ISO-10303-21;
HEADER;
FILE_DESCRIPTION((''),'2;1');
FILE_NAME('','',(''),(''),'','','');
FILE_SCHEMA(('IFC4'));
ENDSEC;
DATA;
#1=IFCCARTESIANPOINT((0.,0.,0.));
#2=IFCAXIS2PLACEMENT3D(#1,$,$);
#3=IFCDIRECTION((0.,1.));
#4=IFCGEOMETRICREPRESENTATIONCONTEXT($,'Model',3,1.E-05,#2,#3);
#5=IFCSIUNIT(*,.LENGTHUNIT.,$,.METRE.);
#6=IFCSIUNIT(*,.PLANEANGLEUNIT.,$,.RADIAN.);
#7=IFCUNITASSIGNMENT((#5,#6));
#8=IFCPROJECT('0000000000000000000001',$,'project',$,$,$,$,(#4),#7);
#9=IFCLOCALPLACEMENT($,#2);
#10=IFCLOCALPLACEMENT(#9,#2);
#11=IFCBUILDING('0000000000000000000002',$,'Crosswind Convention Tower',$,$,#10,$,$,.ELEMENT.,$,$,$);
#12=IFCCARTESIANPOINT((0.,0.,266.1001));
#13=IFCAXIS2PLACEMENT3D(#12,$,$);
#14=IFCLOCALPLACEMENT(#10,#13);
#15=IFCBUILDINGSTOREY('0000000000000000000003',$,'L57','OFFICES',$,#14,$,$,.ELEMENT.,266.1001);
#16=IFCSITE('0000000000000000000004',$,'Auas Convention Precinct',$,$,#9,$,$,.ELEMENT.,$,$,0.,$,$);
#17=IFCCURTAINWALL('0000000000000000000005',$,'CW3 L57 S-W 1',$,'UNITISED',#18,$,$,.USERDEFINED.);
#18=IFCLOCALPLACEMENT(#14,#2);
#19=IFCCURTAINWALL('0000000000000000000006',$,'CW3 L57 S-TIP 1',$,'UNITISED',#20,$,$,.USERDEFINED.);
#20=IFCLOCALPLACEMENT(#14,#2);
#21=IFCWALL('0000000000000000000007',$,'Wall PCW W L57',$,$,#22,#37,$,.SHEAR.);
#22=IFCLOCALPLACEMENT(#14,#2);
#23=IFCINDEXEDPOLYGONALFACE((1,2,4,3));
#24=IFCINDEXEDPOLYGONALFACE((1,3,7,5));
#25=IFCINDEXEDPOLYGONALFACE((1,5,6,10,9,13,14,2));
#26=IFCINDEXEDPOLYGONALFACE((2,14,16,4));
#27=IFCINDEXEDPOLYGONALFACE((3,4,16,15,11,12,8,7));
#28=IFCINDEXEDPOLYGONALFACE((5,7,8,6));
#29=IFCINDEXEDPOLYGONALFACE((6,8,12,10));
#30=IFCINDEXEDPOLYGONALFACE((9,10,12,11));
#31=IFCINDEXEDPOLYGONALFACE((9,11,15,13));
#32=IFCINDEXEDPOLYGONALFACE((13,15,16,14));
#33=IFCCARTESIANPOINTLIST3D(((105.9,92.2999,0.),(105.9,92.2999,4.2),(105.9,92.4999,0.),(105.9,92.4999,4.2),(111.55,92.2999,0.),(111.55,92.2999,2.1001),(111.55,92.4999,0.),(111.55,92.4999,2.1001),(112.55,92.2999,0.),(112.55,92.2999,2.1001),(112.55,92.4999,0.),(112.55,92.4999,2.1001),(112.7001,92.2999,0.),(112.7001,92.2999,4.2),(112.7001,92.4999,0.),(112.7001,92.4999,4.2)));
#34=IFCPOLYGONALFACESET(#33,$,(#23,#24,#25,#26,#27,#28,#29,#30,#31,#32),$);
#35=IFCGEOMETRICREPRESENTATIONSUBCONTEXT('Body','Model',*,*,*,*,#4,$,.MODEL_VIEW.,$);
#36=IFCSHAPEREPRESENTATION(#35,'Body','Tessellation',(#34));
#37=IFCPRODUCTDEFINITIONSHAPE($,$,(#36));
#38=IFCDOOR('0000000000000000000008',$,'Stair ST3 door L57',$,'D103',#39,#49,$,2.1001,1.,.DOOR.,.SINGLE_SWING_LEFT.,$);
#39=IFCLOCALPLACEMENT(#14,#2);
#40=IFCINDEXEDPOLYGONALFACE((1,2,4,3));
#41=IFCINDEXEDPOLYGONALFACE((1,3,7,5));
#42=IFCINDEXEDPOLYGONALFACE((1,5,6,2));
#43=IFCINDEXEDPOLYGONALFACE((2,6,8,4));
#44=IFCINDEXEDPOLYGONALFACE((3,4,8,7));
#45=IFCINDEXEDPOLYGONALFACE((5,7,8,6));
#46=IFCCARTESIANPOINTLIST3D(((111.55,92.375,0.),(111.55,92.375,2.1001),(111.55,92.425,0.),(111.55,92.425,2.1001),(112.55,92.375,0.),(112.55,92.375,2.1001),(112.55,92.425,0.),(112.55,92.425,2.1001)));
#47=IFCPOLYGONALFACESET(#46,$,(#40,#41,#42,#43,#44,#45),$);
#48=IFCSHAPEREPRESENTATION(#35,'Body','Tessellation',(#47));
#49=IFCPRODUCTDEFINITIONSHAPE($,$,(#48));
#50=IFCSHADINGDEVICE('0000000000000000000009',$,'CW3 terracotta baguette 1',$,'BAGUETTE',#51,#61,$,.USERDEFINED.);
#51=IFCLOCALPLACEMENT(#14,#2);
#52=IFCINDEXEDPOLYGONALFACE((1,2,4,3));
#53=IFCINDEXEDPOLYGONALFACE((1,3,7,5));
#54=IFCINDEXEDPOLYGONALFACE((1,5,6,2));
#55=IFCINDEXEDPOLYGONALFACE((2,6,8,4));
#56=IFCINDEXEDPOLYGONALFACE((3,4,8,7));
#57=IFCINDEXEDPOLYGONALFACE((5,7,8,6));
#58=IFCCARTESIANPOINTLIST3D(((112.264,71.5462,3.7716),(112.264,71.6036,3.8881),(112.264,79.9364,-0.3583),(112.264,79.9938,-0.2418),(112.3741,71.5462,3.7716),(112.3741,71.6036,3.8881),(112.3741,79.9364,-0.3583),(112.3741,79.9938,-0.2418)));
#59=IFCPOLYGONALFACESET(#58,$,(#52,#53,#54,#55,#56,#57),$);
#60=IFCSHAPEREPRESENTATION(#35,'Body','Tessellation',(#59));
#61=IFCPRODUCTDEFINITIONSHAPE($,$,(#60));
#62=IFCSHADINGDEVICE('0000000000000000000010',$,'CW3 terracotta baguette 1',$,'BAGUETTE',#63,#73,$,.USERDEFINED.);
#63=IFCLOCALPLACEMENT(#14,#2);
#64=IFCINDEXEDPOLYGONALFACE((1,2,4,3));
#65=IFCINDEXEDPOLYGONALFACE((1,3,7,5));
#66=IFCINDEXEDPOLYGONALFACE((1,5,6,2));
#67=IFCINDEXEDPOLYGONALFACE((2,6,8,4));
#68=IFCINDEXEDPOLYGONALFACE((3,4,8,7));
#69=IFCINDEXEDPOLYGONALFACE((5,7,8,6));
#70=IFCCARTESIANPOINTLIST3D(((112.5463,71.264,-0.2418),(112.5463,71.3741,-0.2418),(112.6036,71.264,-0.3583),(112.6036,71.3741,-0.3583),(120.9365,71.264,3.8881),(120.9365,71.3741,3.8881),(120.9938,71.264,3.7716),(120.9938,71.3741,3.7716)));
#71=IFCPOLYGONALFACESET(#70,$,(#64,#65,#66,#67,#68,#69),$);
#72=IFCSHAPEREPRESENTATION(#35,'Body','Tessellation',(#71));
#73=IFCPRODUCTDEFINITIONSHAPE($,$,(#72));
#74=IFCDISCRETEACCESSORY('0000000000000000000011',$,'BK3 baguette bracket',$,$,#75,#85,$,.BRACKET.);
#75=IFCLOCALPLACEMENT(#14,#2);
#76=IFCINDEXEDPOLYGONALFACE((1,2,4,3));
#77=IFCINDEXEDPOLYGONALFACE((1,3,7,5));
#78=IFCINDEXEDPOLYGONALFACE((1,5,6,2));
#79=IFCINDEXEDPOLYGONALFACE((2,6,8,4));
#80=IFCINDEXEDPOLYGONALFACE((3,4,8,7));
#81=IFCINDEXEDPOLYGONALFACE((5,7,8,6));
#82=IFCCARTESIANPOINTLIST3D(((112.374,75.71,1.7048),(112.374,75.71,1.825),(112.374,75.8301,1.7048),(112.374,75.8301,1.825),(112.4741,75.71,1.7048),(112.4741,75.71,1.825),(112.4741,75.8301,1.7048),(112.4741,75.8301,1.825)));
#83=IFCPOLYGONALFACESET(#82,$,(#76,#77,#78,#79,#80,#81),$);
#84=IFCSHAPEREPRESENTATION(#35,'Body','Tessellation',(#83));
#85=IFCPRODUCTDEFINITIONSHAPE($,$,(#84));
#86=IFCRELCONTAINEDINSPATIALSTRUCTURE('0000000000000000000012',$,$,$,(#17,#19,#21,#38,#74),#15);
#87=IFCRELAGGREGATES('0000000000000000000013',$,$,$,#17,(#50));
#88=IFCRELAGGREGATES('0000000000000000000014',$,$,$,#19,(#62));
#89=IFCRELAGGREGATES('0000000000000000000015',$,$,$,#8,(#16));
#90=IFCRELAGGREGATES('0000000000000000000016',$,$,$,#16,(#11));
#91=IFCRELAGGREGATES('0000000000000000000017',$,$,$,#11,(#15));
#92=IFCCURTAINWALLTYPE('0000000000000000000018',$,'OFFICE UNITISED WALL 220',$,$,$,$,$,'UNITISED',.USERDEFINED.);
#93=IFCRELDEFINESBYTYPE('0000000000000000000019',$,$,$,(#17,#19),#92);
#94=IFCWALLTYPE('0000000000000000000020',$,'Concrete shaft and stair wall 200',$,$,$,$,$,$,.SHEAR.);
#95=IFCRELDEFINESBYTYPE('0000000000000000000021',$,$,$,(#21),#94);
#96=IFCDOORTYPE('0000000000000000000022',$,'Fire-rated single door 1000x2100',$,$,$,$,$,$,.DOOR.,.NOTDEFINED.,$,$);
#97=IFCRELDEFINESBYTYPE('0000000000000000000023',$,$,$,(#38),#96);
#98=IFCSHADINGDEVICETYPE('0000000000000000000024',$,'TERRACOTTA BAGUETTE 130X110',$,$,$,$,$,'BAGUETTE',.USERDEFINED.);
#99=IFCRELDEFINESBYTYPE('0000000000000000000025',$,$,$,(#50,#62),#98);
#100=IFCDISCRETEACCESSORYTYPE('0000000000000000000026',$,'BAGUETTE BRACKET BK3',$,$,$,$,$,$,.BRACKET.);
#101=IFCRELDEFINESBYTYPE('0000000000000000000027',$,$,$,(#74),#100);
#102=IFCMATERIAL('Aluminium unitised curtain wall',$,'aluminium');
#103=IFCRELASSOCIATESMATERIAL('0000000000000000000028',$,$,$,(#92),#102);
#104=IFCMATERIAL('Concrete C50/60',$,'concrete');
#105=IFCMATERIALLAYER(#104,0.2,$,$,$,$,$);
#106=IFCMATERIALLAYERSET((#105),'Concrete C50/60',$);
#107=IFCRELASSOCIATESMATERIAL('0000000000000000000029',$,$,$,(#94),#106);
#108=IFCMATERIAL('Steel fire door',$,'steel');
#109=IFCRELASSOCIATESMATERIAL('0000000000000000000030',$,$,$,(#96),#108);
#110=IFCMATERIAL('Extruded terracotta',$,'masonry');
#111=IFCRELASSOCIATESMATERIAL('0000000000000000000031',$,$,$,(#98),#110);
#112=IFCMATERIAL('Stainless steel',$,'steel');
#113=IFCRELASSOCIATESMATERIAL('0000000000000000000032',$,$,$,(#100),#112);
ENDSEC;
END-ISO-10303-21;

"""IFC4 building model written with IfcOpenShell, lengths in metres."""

from ifc_helpers import new_model, si_unit, direction, frame, frame_2d, origin, origin_2d, place, context, subcontext, project, spatial, rectangle, extrude, material, layer, layer_set, material_profile, profile_set, type_object, element, fill, aggregate, save


model = new_model("IFC4")

# Units and contexts
model_context = context("Model", 3, precision=1e-05, world=origin(), true_north=direction((0.0, 1.0)))
body_context = subcontext(model_context, "Body", "Model", "MODEL_VIEW")
ifc_project = project(units=[si_unit("LENGTHUNIT", "METRE"), si_unit("PLANEANGLEUNIT", "RADIAN")], contexts=[model_context])

# Site, building, storey
site_placement = place(None, origin())
site = spatial("IfcSite", under=ifc_project, at=site_placement, Name="Auas Convention Precinct", CompositionType="ELEMENT", RefElevation=0.0)
building_placement = place(site_placement, origin())
building = spatial("IfcBuilding", under=site, at=building_placement, Name="Crosswind Convention Tower", CompositionType="ELEMENT")
storey_placement = place(building_placement, frame((0.0, 0.0, 266.1001)))
storey = spatial("IfcBuildingStorey", under=building, at=storey_placement, Name="L57", Description="OFFICES", CompositionType="ELEMENT", Elevation=266.1001)

# Curtain wall
ifc_material_1 = material(Name="Aluminium unitised curtain wall", Category="aluminium")
curtain_wall_type_1 = type_object("IfcCurtainWallType", Name="OFFICE UNITISED WALL 220", ElementType="UNITISED", PredefinedType="USERDEFINED", material=ifc_material_1)
curtain_wall_1_placement = place(storey_placement, origin())
curtain_wall_1 = element("IfcCurtainWall", 1, at=curtain_wall_1_placement, inside=storey, type_object=curtain_wall_type_1, Name="CW3 L57 S-W 1", ObjectType="UNITISED", PredefinedType="USERDEFINED")

# Curtain wall
curtain_wall_2_placement = place(storey_placement, origin())
curtain_wall_2 = element("IfcCurtainWall", 2, at=curtain_wall_2_placement, inside=storey, type_object=curtain_wall_type_1, Name="CW3 L57 S-TIP 1", ObjectType="UNITISED", PredefinedType="USERDEFINED")

# Wall, opening, door
ifc_material_2 = material(Name="Concrete C50/60", Category="concrete")
ifc_layer_1 = layer(ifc_material_2, 0.2)
ifc_layer_set_1 = layer_set([ifc_layer_1], Name="Concrete C50/60")
wall_type = type_object("IfcWallType", Name="Concrete shaft and stair wall 200", PredefinedType="SHEAR", material=ifc_layer_set_1)
ifc_material_3 = material(Name="Steel fire door", Category="steel")
wall_1_placement = place(storey_placement, frame((112.7, 92.3999, 0.0), z_axis=(0.0, 0.0, 1.0), x_axis=(-1.0, 0.0, 0.0)))
wall_1 = element("IfcWall", 3, at=wall_1_placement, inside=storey, type_object=wall_type, Name="Wall PCW W L57", PredefinedType="SHEAR", context=body_context, shape_type="SweptSolid", body=[
    extrude(rectangle(XDim=6.8, YDim=0.2, at=frame_2d((3.3999, 0.0))), origin(), (0.0, 0.0, 1.0), 4.2),
])
opening_1_placement = place(wall_1_placement, frame((0.1499, 0.0, 0.0)))
opening_1 = element("IfcOpeningElement", 4, at=opening_1_placement, cuts=wall_1, PredefinedType="OPENING", context=body_context, shape_type="SweptSolid", body=[
    extrude(rectangle(XDim=1.0, YDim=2.1001, at=frame_2d((0.5, 1.05))), frame((0.0, 0.1099, 0.0), z_axis=(0.0, -1.0, 0.0), x_axis=(1.0, 0.0, 0.0)), (0.0, 0.0, 1.0), 0.22),
])
door_type_1 = type_object("IfcDoorType", Name="Fire-rated single door 1000x2100", OperationType="NOTDEFINED", PredefinedType="DOOR", material=ifc_material_3)
door_1_placement = place(opening_1_placement, origin())
door_1 = element("IfcDoor", 5, at=door_1_placement, inside=storey, type_object=door_type_1, Name="Stair ST3 door L57", ObjectType="D103", OperationType="SINGLE_SWING_LEFT", OverallHeight=2.1001, OverallWidth=1.0, PredefinedType="DOOR", context=body_context, shape_type="SweptSolid", body=[
    extrude(rectangle(XDim=1.0, YDim=2.1001, at=frame_2d((0.5, 1.05))), frame((0.0, 0.0249, 0.0), z_axis=(0.0, -1.0, 0.0), x_axis=(1.0, 0.0, 0.0)), (0.0, 0.0, 1.0), 0.05),
])
fill(opening_1, door_1)

# Shading devices
ifc_material_4 = material(Name="Extruded terracotta", Category="masonry")
ifc_material_profile_1 = material_profile(ifc_material_4, rectangle(XDim=0.1101, YDim=0.1299, at=origin_2d()), Name="TC 110X130")
ifc_profile_set_1 = profile_set([ifc_material_profile_1], Name="Extruded terracotta")
shading_device_type = type_object("IfcShadingDeviceType", Name="TERRACOTTA BAGUETTE 130X110", ElementType="BAGUETTE", PredefinedType="USERDEFINED", material=ifc_profile_set_1)
shading_device_1_placement = place(storey_placement, frame((112.3191, 79.9651, -0.3), z_axis=(0.0, -0.897198, 0.441628), x_axis=(1.0, 0.0, 0.0)))
shading_device_1 = element("IfcShadingDevice", 6, at=shading_device_1_placement, type_object=shading_device_type, Name="CW3 terracotta baguette 1", ObjectType="BAGUETTE", PredefinedType="USERDEFINED", context=body_context, shape_type="SweptSolid", body=[
    extrude(rectangle(XDim=0.1101, YDim=0.1299, at=origin_2d()), origin(), (0.0, 0.0, 1.0), 9.3516),
])
aggregate(curtain_wall_1, [shading_device_1])
shading_device_2_placement = place(storey_placement, frame((112.575, 71.3191, -0.3), z_axis=(0.897198, 0.0, 0.441628), x_axis=(0.0, 1.0, 0.0)))
shading_device_2 = element("IfcShadingDevice", 7, at=shading_device_2_placement, type_object=shading_device_type, Name="CW3 terracotta baguette 1", ObjectType="BAGUETTE", PredefinedType="USERDEFINED", context=body_context, shape_type="SweptSolid", body=[
    extrude(rectangle(XDim=0.1101, YDim=0.1299, at=origin_2d()), origin(), (0.0, 0.0, 1.0), 9.3516),
])
aggregate(curtain_wall_2, [shading_device_2])

# Discrete accessory
ifc_material_5 = material(Name="Stainless steel", Category="steel")
discrete_accessory_type = type_object("IfcDiscreteAccessoryType", Name="BAGUETTE BRACKET BK3", PredefinedType="BRACKET", material=ifc_material_5)
discrete_accessory_placement = place(storey_placement, frame((112.4241, 75.77, 1.7048), z_axis=(0.0, 0.0, 1.0), x_axis=(0.0, -1.0, 0.0)))
element("IfcDiscreteAccessory", 8, at=discrete_accessory_placement, inside=storey, type_object=discrete_accessory_type, Name="BK3 baguette bracket", PredefinedType="BRACKET", context=body_context, shape_type="SweptSolid", body=[
    extrude(rectangle(XDim=0.1201, YDim=0.1001, at=origin_2d()), origin(), (0.0, 0.0, 1.0), 0.1201),
])

save(model, "model.ifc")
